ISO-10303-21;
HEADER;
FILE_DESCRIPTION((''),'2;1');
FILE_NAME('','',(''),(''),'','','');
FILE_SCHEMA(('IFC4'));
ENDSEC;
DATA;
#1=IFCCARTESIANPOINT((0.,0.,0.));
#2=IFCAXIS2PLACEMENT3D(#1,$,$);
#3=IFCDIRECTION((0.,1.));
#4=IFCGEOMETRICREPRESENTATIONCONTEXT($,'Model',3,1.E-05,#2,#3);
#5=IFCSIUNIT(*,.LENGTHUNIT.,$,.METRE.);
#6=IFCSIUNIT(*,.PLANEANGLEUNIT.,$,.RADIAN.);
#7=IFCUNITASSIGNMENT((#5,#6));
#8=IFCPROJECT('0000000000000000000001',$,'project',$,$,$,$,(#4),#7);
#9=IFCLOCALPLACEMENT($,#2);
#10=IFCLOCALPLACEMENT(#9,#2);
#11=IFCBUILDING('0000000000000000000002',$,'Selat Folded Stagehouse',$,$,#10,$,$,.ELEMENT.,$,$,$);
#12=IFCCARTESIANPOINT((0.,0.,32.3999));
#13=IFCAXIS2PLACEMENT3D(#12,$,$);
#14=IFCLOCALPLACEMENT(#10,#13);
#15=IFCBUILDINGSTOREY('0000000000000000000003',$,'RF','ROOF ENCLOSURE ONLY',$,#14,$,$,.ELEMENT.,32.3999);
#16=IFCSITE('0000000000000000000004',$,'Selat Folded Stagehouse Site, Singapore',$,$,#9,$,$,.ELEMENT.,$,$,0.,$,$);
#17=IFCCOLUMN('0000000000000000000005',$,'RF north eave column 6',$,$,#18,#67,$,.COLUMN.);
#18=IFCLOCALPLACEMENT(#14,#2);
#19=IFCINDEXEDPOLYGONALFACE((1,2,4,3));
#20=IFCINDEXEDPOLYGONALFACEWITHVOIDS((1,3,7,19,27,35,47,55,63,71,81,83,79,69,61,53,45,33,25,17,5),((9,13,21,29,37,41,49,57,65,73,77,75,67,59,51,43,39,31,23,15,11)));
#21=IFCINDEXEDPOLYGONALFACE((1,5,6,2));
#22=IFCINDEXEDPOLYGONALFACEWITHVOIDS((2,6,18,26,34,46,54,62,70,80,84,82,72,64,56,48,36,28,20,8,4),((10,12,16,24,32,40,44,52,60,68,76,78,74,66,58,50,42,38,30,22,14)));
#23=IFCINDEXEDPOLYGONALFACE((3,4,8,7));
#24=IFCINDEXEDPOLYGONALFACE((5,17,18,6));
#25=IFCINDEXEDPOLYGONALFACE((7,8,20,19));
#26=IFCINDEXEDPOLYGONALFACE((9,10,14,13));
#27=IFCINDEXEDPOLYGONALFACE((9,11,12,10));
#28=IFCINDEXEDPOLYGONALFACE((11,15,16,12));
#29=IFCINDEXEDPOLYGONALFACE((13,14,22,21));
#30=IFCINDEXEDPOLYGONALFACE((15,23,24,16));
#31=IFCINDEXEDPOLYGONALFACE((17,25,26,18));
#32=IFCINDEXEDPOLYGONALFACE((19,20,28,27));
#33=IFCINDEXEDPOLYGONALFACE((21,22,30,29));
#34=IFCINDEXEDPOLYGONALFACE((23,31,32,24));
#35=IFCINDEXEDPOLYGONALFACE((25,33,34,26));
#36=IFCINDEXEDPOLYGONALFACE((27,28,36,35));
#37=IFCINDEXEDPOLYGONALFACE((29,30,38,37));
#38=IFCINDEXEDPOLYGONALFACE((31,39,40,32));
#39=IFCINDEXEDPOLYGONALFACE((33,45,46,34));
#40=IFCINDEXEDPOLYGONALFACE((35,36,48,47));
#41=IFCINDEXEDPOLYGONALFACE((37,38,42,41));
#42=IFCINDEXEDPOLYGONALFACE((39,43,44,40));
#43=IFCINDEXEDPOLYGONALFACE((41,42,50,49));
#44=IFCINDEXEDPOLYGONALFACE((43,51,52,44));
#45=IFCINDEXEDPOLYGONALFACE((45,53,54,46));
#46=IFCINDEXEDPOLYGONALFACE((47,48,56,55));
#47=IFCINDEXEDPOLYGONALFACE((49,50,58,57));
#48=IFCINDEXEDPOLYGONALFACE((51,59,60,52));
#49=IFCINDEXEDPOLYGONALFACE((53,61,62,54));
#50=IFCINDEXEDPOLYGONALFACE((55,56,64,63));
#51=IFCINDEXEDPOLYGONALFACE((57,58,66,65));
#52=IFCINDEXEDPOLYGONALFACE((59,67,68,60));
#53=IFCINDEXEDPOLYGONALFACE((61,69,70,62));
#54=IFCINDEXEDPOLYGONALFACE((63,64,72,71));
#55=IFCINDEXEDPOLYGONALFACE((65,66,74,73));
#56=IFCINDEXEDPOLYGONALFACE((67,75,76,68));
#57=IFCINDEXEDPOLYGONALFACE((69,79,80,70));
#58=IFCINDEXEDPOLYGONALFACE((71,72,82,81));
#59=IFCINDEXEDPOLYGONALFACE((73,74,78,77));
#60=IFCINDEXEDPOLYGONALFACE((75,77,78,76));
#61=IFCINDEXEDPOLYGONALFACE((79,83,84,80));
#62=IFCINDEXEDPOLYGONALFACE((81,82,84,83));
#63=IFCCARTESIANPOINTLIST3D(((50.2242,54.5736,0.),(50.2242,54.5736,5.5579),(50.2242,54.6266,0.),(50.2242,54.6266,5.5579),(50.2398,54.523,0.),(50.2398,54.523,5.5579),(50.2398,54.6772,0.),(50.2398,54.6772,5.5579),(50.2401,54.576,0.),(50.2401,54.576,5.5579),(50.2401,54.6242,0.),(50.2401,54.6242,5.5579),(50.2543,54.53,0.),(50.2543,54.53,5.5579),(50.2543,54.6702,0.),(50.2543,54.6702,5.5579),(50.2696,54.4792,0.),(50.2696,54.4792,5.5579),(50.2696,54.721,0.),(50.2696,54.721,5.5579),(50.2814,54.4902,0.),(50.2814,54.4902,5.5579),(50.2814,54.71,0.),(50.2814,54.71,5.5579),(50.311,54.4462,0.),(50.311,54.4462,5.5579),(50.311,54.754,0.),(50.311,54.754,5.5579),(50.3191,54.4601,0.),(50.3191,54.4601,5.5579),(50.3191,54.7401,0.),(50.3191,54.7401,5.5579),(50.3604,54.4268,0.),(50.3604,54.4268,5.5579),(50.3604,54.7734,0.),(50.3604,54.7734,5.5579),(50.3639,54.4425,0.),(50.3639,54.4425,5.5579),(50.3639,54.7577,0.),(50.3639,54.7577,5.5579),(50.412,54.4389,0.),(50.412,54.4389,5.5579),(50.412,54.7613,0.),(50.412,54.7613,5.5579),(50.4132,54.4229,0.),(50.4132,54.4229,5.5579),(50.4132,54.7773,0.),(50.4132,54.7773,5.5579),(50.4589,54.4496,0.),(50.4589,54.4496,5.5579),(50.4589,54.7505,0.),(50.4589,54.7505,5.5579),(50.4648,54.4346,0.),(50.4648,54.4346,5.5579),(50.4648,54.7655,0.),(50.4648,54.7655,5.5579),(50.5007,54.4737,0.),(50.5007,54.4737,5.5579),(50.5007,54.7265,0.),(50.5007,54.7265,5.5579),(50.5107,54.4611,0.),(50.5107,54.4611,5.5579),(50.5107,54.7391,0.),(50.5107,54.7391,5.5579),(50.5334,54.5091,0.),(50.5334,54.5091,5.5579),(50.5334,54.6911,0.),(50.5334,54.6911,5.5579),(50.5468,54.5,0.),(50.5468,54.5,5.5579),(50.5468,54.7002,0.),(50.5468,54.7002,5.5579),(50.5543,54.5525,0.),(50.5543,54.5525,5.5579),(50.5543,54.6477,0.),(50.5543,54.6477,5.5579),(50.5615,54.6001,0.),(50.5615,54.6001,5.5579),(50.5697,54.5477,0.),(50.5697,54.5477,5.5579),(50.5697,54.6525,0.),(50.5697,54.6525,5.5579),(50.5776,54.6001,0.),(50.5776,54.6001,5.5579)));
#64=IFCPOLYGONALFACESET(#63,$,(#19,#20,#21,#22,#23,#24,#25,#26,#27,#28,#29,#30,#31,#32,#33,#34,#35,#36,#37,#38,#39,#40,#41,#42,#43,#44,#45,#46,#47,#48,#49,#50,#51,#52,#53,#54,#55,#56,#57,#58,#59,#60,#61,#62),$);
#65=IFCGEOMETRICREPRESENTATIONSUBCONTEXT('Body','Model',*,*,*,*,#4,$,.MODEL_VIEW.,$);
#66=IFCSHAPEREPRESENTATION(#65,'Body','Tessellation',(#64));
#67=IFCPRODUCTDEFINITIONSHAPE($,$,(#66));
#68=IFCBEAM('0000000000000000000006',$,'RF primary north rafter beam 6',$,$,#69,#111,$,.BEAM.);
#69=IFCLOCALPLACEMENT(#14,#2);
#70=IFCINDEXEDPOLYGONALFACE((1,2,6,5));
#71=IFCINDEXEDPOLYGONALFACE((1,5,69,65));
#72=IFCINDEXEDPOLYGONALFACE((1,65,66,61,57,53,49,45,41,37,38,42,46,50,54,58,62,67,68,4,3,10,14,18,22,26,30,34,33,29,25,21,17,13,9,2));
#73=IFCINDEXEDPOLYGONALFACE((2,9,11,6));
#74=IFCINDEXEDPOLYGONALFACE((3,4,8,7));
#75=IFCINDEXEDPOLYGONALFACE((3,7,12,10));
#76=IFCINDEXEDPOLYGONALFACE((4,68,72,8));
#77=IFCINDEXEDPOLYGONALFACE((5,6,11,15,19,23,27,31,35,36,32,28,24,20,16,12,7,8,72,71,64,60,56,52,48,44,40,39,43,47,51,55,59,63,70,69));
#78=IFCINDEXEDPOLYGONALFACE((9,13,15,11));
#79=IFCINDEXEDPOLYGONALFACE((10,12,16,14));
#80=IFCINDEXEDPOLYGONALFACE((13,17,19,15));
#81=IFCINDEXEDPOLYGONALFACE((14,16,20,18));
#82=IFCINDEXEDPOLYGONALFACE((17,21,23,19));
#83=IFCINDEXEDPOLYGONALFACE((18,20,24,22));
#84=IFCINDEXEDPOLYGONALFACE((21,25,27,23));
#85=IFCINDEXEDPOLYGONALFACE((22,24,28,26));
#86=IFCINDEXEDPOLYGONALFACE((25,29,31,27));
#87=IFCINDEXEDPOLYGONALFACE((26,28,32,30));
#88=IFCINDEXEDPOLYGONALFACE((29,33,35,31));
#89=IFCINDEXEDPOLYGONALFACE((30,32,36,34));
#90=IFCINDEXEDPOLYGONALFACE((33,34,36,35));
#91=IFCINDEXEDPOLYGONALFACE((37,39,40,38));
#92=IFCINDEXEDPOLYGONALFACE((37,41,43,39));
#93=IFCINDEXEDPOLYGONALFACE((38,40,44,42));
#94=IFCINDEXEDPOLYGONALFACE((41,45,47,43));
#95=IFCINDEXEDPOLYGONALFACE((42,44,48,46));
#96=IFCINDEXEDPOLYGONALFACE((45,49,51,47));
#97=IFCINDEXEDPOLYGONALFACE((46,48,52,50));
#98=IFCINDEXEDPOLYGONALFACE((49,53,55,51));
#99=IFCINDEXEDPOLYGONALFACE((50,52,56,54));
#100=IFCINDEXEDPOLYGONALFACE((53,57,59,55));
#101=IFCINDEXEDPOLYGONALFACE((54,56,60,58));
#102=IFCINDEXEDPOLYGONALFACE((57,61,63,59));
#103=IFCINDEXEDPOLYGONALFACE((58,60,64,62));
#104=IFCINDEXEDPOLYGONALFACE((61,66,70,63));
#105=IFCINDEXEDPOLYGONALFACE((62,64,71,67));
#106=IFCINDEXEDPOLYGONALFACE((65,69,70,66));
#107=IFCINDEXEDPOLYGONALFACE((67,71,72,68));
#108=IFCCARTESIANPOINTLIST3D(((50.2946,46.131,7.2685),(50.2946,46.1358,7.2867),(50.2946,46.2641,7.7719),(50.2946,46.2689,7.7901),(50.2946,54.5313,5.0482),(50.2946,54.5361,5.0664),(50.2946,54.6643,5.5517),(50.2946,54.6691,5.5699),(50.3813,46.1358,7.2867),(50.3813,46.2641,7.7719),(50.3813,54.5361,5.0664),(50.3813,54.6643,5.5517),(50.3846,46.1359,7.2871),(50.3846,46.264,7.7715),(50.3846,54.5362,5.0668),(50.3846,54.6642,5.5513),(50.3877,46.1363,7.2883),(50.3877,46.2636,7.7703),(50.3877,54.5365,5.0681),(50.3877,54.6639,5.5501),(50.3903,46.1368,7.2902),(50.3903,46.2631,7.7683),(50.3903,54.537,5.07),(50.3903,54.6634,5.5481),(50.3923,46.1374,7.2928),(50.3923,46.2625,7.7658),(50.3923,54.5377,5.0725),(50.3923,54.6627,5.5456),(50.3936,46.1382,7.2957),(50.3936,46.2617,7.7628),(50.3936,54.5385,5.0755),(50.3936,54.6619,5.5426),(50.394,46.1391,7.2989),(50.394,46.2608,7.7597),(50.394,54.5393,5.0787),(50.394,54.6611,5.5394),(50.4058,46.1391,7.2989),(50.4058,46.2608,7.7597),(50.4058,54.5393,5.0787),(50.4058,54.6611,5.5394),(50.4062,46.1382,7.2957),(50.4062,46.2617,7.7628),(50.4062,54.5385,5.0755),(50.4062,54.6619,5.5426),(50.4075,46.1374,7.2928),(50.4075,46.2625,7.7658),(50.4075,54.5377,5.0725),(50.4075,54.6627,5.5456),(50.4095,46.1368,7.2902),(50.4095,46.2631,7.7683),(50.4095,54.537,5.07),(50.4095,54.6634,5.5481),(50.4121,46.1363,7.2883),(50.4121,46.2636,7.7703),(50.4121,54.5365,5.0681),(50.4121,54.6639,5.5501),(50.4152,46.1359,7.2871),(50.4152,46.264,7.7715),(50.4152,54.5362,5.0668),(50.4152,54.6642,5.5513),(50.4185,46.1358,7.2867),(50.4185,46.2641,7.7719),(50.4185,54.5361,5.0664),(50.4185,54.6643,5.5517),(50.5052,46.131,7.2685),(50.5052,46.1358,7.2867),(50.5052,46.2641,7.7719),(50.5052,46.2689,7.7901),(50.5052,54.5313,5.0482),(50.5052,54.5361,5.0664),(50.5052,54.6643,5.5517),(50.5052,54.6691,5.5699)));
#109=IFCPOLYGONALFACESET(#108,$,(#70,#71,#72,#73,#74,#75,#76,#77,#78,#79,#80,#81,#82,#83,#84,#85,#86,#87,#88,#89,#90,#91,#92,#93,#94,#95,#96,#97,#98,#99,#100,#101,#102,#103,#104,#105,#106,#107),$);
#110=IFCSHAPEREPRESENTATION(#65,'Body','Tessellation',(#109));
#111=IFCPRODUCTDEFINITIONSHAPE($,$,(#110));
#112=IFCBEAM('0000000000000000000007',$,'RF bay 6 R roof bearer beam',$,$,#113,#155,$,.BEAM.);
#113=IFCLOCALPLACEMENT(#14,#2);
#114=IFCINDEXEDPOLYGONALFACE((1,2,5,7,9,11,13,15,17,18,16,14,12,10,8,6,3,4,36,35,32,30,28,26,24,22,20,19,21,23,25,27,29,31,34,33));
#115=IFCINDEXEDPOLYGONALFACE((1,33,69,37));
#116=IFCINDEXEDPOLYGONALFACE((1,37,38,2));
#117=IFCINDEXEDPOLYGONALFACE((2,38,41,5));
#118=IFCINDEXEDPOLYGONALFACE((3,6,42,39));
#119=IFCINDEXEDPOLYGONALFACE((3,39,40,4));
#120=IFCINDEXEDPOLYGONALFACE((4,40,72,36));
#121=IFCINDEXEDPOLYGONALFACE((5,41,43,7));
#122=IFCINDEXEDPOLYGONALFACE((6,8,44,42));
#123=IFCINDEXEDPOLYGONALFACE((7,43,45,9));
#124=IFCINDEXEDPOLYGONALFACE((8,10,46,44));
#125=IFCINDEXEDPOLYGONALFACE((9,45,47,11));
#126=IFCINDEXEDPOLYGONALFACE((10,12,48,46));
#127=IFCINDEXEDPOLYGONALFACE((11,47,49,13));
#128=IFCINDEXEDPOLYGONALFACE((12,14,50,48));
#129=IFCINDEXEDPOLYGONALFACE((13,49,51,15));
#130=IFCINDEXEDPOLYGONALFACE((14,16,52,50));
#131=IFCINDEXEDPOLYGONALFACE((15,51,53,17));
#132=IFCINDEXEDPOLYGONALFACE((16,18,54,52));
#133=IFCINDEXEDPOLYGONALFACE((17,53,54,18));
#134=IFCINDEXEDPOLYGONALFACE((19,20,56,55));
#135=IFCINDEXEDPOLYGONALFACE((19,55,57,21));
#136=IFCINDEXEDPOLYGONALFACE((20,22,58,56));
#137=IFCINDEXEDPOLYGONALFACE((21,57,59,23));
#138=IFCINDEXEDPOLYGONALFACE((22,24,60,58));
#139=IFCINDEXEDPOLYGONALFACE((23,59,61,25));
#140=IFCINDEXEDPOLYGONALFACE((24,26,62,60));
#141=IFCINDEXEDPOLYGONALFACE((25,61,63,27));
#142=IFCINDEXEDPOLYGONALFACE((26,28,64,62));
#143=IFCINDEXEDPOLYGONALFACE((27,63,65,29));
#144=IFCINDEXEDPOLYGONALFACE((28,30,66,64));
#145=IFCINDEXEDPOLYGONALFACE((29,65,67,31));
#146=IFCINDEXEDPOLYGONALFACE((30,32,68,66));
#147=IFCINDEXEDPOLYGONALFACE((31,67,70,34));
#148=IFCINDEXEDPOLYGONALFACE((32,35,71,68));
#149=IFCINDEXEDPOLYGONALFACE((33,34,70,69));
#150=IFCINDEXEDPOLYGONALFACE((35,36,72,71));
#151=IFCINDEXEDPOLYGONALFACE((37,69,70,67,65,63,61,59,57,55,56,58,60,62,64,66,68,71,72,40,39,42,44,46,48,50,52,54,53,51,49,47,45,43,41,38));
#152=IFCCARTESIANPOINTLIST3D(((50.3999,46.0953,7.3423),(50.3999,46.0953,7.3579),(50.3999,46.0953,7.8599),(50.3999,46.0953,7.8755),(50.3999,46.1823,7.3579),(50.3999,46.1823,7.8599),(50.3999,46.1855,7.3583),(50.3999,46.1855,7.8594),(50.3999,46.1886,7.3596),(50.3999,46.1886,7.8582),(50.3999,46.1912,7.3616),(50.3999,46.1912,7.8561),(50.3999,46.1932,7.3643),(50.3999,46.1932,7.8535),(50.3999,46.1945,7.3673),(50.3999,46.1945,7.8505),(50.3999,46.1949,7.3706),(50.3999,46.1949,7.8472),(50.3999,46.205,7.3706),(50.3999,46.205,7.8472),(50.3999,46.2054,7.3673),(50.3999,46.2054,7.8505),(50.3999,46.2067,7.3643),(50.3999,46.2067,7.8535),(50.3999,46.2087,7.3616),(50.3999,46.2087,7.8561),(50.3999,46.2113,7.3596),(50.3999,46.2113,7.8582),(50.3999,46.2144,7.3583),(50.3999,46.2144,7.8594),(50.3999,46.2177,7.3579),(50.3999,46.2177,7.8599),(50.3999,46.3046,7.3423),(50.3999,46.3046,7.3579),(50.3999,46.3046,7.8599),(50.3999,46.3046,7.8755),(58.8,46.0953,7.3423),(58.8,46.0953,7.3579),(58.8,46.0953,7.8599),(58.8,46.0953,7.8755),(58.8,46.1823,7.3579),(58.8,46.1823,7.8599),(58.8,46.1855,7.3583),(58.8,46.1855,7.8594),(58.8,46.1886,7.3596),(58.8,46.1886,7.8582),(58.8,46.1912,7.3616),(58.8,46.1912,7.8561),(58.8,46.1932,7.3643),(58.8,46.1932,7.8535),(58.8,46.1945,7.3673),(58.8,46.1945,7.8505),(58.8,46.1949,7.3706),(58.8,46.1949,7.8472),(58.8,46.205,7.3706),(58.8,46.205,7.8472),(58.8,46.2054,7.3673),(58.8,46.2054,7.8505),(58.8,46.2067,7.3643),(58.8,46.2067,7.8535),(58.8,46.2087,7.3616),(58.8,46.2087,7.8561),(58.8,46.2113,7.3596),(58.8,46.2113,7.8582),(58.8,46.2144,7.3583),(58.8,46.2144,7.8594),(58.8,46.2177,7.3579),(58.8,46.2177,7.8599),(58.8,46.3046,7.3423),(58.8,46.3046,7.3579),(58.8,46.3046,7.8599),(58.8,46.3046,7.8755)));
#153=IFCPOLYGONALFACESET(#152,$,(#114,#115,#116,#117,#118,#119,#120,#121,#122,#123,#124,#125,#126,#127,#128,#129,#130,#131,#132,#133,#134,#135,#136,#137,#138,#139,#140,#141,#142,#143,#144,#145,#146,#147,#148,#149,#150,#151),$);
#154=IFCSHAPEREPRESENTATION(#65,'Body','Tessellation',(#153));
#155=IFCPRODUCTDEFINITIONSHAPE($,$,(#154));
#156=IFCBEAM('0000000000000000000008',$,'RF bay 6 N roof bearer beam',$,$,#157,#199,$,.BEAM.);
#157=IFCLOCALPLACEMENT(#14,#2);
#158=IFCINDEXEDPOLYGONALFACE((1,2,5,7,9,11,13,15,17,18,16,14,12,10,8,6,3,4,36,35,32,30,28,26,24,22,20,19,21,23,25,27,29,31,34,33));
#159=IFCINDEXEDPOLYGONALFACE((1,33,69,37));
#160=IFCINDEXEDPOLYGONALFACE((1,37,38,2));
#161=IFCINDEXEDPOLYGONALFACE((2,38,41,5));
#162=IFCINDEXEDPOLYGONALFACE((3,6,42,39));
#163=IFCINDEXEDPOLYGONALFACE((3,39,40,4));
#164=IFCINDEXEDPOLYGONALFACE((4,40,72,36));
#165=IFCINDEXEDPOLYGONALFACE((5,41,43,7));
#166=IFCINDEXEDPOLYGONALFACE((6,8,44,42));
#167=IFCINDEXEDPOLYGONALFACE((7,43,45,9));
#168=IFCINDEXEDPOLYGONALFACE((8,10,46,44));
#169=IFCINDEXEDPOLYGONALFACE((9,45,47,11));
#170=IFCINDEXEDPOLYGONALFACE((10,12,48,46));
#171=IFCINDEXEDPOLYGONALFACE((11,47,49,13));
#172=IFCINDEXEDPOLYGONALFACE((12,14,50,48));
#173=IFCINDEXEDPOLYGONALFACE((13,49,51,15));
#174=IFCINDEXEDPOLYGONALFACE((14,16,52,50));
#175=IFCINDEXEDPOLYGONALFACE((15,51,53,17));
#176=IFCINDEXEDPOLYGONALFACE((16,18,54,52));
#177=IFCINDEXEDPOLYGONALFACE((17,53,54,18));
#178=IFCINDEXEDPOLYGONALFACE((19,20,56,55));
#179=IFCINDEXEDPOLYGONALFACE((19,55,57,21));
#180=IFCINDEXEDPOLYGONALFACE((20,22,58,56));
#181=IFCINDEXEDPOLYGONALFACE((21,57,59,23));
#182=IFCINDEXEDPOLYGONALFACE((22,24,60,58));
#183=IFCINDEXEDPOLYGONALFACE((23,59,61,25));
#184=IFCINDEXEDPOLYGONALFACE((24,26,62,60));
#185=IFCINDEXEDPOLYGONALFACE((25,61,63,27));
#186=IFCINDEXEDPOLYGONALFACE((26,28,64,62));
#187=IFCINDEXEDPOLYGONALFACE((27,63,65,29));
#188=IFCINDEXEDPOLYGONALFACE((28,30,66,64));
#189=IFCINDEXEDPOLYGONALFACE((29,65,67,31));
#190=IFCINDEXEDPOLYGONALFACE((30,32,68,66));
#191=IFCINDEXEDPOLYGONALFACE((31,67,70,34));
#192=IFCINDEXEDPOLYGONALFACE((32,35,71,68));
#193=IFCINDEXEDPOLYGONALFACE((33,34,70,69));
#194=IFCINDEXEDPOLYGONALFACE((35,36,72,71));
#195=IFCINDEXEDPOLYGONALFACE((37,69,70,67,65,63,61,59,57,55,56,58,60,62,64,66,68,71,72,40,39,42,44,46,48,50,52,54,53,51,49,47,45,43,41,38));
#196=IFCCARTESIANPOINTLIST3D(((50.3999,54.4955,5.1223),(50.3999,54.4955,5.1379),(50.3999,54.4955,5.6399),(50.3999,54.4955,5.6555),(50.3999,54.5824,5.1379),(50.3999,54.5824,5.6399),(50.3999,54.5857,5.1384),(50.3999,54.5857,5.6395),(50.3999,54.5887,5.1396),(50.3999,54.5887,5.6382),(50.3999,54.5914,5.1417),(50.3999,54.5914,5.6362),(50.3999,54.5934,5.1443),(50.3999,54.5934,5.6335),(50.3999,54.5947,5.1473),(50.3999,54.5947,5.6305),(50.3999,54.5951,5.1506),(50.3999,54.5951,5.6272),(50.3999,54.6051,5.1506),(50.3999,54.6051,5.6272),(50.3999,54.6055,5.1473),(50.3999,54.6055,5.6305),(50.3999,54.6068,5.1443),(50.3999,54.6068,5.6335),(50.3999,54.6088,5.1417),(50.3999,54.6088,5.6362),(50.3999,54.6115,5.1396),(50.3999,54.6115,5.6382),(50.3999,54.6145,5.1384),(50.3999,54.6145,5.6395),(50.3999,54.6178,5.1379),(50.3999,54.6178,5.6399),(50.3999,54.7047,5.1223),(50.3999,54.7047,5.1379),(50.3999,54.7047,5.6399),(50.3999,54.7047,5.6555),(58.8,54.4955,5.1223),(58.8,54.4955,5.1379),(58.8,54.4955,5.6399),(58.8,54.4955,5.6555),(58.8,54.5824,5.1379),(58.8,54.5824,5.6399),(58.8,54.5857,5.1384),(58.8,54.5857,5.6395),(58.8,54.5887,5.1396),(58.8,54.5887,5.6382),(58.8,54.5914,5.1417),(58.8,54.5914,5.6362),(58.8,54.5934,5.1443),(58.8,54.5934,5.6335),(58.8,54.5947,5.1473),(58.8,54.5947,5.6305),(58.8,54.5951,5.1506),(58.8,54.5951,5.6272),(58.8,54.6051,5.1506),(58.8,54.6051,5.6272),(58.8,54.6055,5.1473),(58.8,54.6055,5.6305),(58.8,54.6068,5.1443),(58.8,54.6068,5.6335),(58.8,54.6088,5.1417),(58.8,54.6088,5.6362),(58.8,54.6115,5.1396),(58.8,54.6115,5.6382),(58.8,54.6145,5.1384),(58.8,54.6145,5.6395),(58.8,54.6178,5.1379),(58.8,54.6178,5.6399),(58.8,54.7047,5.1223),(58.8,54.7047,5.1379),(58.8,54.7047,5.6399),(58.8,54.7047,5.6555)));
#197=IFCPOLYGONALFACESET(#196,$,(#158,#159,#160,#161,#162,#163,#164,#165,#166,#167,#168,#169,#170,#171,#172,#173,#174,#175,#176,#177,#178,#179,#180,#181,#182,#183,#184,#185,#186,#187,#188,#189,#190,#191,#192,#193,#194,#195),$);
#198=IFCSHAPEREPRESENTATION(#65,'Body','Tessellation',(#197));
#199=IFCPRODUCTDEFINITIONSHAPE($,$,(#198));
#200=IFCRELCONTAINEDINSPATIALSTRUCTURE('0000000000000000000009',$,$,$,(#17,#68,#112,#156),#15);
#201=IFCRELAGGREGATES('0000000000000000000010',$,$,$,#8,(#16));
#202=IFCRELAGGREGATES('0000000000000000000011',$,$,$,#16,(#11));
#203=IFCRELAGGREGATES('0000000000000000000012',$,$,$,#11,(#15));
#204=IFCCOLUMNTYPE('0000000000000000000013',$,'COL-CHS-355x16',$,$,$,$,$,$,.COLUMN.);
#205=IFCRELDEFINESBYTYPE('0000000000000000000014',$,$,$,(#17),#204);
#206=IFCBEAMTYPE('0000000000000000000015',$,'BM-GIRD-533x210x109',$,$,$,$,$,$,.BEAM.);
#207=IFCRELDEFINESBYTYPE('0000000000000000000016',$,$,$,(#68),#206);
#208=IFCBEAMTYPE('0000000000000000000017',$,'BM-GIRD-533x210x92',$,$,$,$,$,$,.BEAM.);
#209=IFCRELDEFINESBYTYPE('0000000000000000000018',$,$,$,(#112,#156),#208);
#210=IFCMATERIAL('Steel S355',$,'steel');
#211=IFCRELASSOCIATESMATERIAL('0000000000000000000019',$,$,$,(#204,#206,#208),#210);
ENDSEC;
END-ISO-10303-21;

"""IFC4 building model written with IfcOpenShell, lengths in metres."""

from ifc_helpers import new_model, si_unit, direction, frame, origin, origin_2d, place, context, subcontext, project, spatial, hollow_circle, i_section, extrude, material, material_profile, profile_set, type_object, element, save


model = new_model("IFC4")

# Units and contexts
model_context = context("Model", 3, precision=1e-05, world=origin(), true_north=direction((0.0, 1.0)))
body_context = subcontext(model_context, "Body", "Model", "MODEL_VIEW")
ifc_project = project(units=[si_unit("LENGTHUNIT", "METRE"), si_unit("PLANEANGLEUNIT", "RADIAN")], contexts=[model_context])

# Site, building, storey
site_placement = place(None, origin())
site = spatial("IfcSite", under=ifc_project, at=site_placement, Name="Selat Folded Stagehouse Site, Singapore", CompositionType="ELEMENT", RefElevation=0.0)
building_placement = place(site_placement, origin())
building = spatial("IfcBuilding", under=site, at=building_placement, Name="Selat Folded Stagehouse", CompositionType="ELEMENT")
storey_placement = place(building_placement, frame((0.0, 0.0, 32.3999)))
storey = spatial("IfcBuildingStorey", under=building, at=storey_placement, Name="RF", Description="ROOF ENCLOSURE ONLY", CompositionType="ELEMENT", Elevation=32.3999)

# Column
ifc_material_1 = material(Name="Steel S355", Category="steel")
ifc_material_profile_1 = material_profile(ifc_material_1, hollow_circle(Radius=0.1777, WallThickness=0.0161, at=origin_2d()), Name="CHS 355.6x16.0")
ifc_profile_set_1 = profile_set([ifc_material_profile_1], Name="Steel S355")
column_type = type_object("IfcColumnType", Name="COL-CHS-355x16", PredefinedType="COLUMN", material=ifc_profile_set_1)
column_placement = place(storey_placement, frame((50.3999, 54.6001, 0.0), z_axis=(0.0, 0.0, 1.0), x_axis=(1.0, 0.0, 0.0)))
element("IfcColumn", 1, at=column_placement, inside=storey, type_object=column_type, Name="RF north eave column 6", PredefinedType="COLUMN", context=body_context, shape_type="SweptSolid", body=[
    extrude(hollow_circle(Radius=0.1777, WallThickness=0.0161, at=origin_2d()), origin(), (0.0, 0.0, 1.0), 5.5579),
])

# Beams
ifc_material_profile_2 = material_profile(ifc_material_1, i_section(OverallWidth=0.2107, OverallDepth=0.5396, WebThickness=0.0117, FlangeThickness=0.0188, FilletRadius=0.0127, at=origin_2d()), Name="UKB 533x210x109")
ifc_profile_set_2 = profile_set([ifc_material_profile_2], Name="Steel S355")
beam_type_1 = type_object("IfcBeamType", Name="BM-GIRD-533x210x109", PredefinedType="BEAM", material=ifc_profile_set_2)
beam_placement = place(storey_placement, frame((50.3999, 46.2, 7.5293), z_axis=(0.0, 0.966801, -0.255532), x_axis=(-1.0, 0.0, 0.0)))
element("IfcBeam", 2, at=beam_placement, inside=storey, type_object=beam_type_1, Name="RF primary north rafter beam 6", PredefinedType="BEAM", context=body_context, shape_type="SweptSolid", body=[
    extrude(i_section(OverallWidth=0.2107, OverallDepth=0.5396, WebThickness=0.0117, FlangeThickness=0.0188, FilletRadius=0.0127, at=origin_2d()), origin(), (0.0, 0.0, 1.0), 8.6887),
])
ifc_material_profile_3 = material_profile(ifc_material_1, i_section(OverallWidth=0.2092, OverallDepth=0.5332, WebThickness=0.01, FlangeThickness=0.0156, FilletRadius=0.0127, at=origin_2d()), Name="UKB 533x210x92")
ifc_profile_set_3 = profile_set([ifc_material_profile_3], Name="Steel S355")
beam_type_2 = type_object("IfcBeamType", Name="BM-GIRD-533x210x92", PredefinedType="BEAM", material=ifc_profile_set_3)
for number, where, z_axis, x_axis, name in (
    (3, (50.3999, 46.2, 7.6089), (1.0, 0.0, 0.0), (0.0, 1.0, 0.0), "RF bay 6 R roof bearer beam"),
    (4, (50.3999, 54.6001, 5.3889), (1.0, 0.0, 0.0), (0.0, 1.0, 0.0), "RF bay 6 N roof bearer beam"),
):
    element("IfcBeam", number, at=place(storey_placement, frame(where, z_axis=z_axis, x_axis=x_axis)), inside=storey, type_object=beam_type_2, Name=name, PredefinedType="BEAM", context=body_context, shape_type="SweptSolid", body=[
        extrude(i_section(OverallWidth=0.2092, OverallDepth=0.5332, WebThickness=0.01, FlangeThickness=0.0156, FilletRadius=0.0127, at=origin_2d()), origin(), (0.0, 0.0, 1.0), 8.4001),
    ])

save(model, "model.ifc")
